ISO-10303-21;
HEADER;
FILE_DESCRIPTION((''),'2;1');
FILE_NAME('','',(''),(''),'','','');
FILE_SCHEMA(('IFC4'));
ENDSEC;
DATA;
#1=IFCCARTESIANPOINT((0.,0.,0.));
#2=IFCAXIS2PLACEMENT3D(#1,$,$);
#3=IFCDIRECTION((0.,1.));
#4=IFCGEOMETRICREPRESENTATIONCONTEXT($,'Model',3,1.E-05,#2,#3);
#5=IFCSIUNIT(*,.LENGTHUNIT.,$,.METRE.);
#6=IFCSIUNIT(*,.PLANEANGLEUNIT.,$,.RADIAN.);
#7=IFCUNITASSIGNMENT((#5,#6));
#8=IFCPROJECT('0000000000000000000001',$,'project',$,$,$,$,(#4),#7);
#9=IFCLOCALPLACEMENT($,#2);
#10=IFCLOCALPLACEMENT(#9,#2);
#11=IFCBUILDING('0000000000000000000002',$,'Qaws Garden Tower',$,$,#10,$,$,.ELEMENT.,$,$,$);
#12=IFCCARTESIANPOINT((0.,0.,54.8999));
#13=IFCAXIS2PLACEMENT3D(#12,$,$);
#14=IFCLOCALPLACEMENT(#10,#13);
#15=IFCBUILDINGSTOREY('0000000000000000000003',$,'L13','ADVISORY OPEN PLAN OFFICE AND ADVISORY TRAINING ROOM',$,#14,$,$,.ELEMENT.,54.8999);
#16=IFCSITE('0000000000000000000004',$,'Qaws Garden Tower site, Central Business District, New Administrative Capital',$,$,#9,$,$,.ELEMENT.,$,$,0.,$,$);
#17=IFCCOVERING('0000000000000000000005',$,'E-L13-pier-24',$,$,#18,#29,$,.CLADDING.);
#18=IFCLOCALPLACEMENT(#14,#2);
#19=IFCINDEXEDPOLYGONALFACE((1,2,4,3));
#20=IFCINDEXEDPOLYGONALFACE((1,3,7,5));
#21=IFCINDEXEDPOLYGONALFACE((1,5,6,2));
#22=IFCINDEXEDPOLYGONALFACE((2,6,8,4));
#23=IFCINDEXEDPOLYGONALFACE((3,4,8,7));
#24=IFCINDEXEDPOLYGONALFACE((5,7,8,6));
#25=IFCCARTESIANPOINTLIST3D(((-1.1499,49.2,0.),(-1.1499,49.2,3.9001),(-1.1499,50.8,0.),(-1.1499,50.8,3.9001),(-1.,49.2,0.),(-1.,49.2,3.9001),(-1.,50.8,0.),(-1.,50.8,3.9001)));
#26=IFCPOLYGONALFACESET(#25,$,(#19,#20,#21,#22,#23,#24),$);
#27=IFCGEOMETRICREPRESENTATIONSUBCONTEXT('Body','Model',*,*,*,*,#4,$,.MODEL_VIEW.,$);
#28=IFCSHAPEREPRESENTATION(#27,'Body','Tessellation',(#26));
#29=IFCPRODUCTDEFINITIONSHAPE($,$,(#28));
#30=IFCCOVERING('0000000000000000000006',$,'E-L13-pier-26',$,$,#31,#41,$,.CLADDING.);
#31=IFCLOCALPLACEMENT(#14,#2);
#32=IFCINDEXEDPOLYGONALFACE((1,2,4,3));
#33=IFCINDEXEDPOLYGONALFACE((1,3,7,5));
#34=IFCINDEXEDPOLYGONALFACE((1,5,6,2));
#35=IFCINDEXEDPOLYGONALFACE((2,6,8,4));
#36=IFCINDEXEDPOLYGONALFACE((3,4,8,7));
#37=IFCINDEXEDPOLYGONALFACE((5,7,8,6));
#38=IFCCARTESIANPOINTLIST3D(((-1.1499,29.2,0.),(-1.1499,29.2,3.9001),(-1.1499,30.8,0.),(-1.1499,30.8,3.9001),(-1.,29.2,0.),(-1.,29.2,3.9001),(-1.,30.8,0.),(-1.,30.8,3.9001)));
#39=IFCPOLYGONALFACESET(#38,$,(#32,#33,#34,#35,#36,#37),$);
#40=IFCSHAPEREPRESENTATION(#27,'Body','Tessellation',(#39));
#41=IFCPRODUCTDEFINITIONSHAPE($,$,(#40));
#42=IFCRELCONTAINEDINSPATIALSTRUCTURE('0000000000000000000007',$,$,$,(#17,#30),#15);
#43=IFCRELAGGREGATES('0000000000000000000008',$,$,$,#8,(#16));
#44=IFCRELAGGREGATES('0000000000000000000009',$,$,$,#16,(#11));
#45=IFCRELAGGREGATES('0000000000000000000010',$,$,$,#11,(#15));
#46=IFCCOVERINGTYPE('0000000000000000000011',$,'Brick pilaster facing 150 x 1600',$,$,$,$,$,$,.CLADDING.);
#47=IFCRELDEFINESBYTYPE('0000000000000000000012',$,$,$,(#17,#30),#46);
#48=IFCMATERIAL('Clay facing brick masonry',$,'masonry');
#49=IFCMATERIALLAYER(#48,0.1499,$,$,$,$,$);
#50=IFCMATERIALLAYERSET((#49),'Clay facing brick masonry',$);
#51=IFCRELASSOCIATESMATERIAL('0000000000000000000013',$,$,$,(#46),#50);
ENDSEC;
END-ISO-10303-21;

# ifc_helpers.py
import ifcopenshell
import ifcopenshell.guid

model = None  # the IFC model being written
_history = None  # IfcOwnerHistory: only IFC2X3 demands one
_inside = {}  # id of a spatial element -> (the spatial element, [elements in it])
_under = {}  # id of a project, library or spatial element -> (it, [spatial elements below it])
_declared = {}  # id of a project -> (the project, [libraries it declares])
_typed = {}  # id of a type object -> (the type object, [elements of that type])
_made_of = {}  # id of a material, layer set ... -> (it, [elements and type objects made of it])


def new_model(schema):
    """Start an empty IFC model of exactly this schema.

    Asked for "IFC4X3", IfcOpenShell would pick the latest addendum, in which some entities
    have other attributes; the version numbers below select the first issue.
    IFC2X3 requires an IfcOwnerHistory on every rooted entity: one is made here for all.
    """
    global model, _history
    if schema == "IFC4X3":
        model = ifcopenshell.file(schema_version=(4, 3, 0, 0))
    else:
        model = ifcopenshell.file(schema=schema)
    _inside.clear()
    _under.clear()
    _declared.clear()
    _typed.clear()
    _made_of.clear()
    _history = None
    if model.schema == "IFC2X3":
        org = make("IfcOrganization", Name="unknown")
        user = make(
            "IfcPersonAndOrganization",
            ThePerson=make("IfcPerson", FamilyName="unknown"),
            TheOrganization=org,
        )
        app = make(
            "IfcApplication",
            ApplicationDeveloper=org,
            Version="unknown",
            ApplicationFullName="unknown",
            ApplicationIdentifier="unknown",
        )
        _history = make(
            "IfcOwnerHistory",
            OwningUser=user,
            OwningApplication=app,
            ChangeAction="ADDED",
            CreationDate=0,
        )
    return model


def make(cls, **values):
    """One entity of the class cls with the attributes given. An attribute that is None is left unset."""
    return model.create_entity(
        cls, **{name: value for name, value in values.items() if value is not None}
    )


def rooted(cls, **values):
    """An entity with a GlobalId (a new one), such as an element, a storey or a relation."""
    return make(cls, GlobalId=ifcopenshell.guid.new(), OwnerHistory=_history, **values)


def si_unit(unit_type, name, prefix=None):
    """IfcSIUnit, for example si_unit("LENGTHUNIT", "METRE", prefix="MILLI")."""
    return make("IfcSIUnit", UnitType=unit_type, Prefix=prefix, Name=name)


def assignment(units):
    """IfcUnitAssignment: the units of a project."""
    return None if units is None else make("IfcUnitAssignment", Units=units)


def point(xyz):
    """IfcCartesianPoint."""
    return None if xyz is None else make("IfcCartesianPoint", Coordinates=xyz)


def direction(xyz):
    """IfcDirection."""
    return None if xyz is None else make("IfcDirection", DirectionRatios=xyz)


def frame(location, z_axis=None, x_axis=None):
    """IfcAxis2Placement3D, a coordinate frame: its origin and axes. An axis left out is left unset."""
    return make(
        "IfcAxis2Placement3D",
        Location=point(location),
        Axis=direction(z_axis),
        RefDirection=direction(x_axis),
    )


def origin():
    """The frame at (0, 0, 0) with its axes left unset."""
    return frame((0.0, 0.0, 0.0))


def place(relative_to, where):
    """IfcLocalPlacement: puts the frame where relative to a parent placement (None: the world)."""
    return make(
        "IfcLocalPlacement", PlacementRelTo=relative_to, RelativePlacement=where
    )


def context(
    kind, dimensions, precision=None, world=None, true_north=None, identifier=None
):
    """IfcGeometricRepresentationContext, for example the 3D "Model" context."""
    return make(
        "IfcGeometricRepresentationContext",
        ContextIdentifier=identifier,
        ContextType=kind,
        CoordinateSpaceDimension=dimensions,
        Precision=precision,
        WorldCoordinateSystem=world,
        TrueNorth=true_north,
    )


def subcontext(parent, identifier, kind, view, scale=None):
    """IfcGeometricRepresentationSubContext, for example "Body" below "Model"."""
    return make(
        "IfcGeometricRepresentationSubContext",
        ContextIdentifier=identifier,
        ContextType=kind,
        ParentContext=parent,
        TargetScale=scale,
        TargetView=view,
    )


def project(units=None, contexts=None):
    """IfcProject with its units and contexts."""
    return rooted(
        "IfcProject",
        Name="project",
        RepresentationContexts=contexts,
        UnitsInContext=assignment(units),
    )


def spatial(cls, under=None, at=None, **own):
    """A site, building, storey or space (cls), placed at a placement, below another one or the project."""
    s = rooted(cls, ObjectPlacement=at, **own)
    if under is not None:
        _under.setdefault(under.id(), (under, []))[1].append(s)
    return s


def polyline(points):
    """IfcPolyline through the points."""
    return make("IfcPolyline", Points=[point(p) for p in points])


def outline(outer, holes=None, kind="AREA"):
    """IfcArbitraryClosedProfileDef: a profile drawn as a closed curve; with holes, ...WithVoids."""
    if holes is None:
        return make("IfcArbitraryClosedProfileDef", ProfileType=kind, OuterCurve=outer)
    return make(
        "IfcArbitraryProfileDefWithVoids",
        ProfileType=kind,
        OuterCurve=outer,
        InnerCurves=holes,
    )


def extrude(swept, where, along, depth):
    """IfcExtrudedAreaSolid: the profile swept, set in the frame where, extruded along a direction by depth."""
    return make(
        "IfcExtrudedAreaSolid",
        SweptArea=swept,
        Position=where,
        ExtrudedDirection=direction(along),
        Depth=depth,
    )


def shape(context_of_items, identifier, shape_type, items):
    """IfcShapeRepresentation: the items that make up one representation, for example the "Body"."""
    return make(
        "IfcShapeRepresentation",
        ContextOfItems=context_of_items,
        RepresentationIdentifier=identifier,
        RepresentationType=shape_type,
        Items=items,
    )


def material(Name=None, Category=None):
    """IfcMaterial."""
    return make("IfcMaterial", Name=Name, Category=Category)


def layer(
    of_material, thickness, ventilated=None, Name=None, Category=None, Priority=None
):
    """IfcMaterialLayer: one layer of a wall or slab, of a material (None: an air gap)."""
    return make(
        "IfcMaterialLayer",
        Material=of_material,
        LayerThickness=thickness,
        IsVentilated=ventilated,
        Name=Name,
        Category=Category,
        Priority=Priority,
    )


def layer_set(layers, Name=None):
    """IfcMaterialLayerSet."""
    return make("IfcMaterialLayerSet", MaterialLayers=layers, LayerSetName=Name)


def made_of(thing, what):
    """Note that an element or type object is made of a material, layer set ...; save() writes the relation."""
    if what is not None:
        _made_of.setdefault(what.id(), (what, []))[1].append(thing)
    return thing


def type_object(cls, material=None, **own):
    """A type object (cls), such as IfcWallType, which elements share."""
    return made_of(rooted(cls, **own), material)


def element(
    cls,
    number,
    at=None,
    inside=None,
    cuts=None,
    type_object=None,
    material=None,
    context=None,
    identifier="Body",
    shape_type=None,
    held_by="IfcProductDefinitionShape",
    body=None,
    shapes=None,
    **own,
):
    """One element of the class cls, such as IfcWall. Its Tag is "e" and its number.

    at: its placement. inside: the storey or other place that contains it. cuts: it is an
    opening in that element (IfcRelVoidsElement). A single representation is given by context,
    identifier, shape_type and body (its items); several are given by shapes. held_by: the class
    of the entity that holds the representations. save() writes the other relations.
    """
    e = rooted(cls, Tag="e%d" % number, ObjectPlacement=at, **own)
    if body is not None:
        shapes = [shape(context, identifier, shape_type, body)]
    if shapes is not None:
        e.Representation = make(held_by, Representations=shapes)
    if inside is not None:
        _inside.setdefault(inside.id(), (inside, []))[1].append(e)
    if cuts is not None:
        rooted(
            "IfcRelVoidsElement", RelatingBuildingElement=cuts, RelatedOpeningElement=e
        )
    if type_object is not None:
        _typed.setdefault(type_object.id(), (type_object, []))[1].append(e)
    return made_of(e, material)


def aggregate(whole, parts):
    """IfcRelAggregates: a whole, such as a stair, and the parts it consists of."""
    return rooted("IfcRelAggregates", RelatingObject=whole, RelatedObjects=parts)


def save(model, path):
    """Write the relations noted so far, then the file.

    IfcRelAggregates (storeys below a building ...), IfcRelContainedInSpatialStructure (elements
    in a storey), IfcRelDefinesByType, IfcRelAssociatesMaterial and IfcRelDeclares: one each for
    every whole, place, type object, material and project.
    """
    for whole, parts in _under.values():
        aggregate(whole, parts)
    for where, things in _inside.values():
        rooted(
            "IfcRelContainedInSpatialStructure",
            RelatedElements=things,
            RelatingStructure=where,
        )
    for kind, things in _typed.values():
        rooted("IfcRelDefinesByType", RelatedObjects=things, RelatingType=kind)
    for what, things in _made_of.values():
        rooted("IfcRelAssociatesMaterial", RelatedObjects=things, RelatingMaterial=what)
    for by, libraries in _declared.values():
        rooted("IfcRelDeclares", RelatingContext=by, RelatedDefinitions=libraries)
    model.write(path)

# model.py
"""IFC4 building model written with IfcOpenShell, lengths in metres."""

from ifc_helpers import new_model, si_unit, direction, frame, origin, place, context, subcontext, project, spatial, polyline, outline, extrude, material, layer, layer_set, type_object, element, save


model = new_model("IFC4")

# Units and contexts
model_context = context("Model", 3, precision=1e-05, world=origin(), true_north=direction((0.0, 1.0)))
body_context = subcontext(model_context, "Body", "Model", "MODEL_VIEW")
ifc_project = project(units=[si_unit("LENGTHUNIT", "METRE"), si_unit("PLANEANGLEUNIT", "RADIAN")], contexts=[model_context])

# Site, building, storey
site_placement = place(None, origin())
site = spatial("IfcSite", under=ifc_project, at=site_placement, Name="Qaws Garden Tower site, Central Business District, New Administrative Capital", CompositionType="ELEMENT", RefElevation=0.0)
building_placement = place(site_placement, origin())
building = spatial("IfcBuilding", under=site, at=building_placement, Name="Qaws Garden Tower", CompositionType="ELEMENT")
storey_placement = place(building_placement, frame((0.0, 0.0, 54.8999)))
storey = spatial("IfcBuildingStorey", under=building, at=storey_placement, Name="L13", Description="ADVISORY OPEN PLAN OFFICE AND ADVISORY TRAINING ROOM", CompositionType="ELEMENT", Elevation=54.8999)

# Shared definitions
placement = place(storey_placement, origin())

# Coverings
ifc_material_1 = material(Name="Clay facing brick masonry", Category="masonry")
ifc_layer_1 = layer(ifc_material_1, 0.1499)
ifc_layer_set_1 = layer_set([ifc_layer_1], Name="Clay facing brick masonry")
covering_type = type_object("IfcCoveringType", Name="Brick pilaster facing 150 x 1600", PredefinedType="CLADDING", material=ifc_layer_set_1)
element("IfcCovering", 1, at=placement, inside=storey, type_object=covering_type, Name="E-L13-pier-24", PredefinedType="CLADDING", context=body_context, shape_type="SweptSolid", body=[
    extrude(outline(polyline([(-1.0, 50.8), (-1.0, 49.2), (-1.1499, 49.2), (-1.1499, 50.8), (-1.0, 50.8)])), origin(), (0.0, 0.0, 1.0), 3.9001),
])
element("IfcCovering", 2, at=placement, inside=storey, type_object=covering_type, Name="E-L13-pier-26", PredefinedType="CLADDING", context=body_context, shape_type="SweptSolid", body=[
    extrude(outline(polyline([(-1.0, 30.8), (-1.0, 29.2), (-1.1499, 29.2), (-1.1499, 30.8), (-1.0, 30.8)])), origin(), (0.0, 0.0, 1.0), 3.9001),
])

save(model, "model.ifc")
